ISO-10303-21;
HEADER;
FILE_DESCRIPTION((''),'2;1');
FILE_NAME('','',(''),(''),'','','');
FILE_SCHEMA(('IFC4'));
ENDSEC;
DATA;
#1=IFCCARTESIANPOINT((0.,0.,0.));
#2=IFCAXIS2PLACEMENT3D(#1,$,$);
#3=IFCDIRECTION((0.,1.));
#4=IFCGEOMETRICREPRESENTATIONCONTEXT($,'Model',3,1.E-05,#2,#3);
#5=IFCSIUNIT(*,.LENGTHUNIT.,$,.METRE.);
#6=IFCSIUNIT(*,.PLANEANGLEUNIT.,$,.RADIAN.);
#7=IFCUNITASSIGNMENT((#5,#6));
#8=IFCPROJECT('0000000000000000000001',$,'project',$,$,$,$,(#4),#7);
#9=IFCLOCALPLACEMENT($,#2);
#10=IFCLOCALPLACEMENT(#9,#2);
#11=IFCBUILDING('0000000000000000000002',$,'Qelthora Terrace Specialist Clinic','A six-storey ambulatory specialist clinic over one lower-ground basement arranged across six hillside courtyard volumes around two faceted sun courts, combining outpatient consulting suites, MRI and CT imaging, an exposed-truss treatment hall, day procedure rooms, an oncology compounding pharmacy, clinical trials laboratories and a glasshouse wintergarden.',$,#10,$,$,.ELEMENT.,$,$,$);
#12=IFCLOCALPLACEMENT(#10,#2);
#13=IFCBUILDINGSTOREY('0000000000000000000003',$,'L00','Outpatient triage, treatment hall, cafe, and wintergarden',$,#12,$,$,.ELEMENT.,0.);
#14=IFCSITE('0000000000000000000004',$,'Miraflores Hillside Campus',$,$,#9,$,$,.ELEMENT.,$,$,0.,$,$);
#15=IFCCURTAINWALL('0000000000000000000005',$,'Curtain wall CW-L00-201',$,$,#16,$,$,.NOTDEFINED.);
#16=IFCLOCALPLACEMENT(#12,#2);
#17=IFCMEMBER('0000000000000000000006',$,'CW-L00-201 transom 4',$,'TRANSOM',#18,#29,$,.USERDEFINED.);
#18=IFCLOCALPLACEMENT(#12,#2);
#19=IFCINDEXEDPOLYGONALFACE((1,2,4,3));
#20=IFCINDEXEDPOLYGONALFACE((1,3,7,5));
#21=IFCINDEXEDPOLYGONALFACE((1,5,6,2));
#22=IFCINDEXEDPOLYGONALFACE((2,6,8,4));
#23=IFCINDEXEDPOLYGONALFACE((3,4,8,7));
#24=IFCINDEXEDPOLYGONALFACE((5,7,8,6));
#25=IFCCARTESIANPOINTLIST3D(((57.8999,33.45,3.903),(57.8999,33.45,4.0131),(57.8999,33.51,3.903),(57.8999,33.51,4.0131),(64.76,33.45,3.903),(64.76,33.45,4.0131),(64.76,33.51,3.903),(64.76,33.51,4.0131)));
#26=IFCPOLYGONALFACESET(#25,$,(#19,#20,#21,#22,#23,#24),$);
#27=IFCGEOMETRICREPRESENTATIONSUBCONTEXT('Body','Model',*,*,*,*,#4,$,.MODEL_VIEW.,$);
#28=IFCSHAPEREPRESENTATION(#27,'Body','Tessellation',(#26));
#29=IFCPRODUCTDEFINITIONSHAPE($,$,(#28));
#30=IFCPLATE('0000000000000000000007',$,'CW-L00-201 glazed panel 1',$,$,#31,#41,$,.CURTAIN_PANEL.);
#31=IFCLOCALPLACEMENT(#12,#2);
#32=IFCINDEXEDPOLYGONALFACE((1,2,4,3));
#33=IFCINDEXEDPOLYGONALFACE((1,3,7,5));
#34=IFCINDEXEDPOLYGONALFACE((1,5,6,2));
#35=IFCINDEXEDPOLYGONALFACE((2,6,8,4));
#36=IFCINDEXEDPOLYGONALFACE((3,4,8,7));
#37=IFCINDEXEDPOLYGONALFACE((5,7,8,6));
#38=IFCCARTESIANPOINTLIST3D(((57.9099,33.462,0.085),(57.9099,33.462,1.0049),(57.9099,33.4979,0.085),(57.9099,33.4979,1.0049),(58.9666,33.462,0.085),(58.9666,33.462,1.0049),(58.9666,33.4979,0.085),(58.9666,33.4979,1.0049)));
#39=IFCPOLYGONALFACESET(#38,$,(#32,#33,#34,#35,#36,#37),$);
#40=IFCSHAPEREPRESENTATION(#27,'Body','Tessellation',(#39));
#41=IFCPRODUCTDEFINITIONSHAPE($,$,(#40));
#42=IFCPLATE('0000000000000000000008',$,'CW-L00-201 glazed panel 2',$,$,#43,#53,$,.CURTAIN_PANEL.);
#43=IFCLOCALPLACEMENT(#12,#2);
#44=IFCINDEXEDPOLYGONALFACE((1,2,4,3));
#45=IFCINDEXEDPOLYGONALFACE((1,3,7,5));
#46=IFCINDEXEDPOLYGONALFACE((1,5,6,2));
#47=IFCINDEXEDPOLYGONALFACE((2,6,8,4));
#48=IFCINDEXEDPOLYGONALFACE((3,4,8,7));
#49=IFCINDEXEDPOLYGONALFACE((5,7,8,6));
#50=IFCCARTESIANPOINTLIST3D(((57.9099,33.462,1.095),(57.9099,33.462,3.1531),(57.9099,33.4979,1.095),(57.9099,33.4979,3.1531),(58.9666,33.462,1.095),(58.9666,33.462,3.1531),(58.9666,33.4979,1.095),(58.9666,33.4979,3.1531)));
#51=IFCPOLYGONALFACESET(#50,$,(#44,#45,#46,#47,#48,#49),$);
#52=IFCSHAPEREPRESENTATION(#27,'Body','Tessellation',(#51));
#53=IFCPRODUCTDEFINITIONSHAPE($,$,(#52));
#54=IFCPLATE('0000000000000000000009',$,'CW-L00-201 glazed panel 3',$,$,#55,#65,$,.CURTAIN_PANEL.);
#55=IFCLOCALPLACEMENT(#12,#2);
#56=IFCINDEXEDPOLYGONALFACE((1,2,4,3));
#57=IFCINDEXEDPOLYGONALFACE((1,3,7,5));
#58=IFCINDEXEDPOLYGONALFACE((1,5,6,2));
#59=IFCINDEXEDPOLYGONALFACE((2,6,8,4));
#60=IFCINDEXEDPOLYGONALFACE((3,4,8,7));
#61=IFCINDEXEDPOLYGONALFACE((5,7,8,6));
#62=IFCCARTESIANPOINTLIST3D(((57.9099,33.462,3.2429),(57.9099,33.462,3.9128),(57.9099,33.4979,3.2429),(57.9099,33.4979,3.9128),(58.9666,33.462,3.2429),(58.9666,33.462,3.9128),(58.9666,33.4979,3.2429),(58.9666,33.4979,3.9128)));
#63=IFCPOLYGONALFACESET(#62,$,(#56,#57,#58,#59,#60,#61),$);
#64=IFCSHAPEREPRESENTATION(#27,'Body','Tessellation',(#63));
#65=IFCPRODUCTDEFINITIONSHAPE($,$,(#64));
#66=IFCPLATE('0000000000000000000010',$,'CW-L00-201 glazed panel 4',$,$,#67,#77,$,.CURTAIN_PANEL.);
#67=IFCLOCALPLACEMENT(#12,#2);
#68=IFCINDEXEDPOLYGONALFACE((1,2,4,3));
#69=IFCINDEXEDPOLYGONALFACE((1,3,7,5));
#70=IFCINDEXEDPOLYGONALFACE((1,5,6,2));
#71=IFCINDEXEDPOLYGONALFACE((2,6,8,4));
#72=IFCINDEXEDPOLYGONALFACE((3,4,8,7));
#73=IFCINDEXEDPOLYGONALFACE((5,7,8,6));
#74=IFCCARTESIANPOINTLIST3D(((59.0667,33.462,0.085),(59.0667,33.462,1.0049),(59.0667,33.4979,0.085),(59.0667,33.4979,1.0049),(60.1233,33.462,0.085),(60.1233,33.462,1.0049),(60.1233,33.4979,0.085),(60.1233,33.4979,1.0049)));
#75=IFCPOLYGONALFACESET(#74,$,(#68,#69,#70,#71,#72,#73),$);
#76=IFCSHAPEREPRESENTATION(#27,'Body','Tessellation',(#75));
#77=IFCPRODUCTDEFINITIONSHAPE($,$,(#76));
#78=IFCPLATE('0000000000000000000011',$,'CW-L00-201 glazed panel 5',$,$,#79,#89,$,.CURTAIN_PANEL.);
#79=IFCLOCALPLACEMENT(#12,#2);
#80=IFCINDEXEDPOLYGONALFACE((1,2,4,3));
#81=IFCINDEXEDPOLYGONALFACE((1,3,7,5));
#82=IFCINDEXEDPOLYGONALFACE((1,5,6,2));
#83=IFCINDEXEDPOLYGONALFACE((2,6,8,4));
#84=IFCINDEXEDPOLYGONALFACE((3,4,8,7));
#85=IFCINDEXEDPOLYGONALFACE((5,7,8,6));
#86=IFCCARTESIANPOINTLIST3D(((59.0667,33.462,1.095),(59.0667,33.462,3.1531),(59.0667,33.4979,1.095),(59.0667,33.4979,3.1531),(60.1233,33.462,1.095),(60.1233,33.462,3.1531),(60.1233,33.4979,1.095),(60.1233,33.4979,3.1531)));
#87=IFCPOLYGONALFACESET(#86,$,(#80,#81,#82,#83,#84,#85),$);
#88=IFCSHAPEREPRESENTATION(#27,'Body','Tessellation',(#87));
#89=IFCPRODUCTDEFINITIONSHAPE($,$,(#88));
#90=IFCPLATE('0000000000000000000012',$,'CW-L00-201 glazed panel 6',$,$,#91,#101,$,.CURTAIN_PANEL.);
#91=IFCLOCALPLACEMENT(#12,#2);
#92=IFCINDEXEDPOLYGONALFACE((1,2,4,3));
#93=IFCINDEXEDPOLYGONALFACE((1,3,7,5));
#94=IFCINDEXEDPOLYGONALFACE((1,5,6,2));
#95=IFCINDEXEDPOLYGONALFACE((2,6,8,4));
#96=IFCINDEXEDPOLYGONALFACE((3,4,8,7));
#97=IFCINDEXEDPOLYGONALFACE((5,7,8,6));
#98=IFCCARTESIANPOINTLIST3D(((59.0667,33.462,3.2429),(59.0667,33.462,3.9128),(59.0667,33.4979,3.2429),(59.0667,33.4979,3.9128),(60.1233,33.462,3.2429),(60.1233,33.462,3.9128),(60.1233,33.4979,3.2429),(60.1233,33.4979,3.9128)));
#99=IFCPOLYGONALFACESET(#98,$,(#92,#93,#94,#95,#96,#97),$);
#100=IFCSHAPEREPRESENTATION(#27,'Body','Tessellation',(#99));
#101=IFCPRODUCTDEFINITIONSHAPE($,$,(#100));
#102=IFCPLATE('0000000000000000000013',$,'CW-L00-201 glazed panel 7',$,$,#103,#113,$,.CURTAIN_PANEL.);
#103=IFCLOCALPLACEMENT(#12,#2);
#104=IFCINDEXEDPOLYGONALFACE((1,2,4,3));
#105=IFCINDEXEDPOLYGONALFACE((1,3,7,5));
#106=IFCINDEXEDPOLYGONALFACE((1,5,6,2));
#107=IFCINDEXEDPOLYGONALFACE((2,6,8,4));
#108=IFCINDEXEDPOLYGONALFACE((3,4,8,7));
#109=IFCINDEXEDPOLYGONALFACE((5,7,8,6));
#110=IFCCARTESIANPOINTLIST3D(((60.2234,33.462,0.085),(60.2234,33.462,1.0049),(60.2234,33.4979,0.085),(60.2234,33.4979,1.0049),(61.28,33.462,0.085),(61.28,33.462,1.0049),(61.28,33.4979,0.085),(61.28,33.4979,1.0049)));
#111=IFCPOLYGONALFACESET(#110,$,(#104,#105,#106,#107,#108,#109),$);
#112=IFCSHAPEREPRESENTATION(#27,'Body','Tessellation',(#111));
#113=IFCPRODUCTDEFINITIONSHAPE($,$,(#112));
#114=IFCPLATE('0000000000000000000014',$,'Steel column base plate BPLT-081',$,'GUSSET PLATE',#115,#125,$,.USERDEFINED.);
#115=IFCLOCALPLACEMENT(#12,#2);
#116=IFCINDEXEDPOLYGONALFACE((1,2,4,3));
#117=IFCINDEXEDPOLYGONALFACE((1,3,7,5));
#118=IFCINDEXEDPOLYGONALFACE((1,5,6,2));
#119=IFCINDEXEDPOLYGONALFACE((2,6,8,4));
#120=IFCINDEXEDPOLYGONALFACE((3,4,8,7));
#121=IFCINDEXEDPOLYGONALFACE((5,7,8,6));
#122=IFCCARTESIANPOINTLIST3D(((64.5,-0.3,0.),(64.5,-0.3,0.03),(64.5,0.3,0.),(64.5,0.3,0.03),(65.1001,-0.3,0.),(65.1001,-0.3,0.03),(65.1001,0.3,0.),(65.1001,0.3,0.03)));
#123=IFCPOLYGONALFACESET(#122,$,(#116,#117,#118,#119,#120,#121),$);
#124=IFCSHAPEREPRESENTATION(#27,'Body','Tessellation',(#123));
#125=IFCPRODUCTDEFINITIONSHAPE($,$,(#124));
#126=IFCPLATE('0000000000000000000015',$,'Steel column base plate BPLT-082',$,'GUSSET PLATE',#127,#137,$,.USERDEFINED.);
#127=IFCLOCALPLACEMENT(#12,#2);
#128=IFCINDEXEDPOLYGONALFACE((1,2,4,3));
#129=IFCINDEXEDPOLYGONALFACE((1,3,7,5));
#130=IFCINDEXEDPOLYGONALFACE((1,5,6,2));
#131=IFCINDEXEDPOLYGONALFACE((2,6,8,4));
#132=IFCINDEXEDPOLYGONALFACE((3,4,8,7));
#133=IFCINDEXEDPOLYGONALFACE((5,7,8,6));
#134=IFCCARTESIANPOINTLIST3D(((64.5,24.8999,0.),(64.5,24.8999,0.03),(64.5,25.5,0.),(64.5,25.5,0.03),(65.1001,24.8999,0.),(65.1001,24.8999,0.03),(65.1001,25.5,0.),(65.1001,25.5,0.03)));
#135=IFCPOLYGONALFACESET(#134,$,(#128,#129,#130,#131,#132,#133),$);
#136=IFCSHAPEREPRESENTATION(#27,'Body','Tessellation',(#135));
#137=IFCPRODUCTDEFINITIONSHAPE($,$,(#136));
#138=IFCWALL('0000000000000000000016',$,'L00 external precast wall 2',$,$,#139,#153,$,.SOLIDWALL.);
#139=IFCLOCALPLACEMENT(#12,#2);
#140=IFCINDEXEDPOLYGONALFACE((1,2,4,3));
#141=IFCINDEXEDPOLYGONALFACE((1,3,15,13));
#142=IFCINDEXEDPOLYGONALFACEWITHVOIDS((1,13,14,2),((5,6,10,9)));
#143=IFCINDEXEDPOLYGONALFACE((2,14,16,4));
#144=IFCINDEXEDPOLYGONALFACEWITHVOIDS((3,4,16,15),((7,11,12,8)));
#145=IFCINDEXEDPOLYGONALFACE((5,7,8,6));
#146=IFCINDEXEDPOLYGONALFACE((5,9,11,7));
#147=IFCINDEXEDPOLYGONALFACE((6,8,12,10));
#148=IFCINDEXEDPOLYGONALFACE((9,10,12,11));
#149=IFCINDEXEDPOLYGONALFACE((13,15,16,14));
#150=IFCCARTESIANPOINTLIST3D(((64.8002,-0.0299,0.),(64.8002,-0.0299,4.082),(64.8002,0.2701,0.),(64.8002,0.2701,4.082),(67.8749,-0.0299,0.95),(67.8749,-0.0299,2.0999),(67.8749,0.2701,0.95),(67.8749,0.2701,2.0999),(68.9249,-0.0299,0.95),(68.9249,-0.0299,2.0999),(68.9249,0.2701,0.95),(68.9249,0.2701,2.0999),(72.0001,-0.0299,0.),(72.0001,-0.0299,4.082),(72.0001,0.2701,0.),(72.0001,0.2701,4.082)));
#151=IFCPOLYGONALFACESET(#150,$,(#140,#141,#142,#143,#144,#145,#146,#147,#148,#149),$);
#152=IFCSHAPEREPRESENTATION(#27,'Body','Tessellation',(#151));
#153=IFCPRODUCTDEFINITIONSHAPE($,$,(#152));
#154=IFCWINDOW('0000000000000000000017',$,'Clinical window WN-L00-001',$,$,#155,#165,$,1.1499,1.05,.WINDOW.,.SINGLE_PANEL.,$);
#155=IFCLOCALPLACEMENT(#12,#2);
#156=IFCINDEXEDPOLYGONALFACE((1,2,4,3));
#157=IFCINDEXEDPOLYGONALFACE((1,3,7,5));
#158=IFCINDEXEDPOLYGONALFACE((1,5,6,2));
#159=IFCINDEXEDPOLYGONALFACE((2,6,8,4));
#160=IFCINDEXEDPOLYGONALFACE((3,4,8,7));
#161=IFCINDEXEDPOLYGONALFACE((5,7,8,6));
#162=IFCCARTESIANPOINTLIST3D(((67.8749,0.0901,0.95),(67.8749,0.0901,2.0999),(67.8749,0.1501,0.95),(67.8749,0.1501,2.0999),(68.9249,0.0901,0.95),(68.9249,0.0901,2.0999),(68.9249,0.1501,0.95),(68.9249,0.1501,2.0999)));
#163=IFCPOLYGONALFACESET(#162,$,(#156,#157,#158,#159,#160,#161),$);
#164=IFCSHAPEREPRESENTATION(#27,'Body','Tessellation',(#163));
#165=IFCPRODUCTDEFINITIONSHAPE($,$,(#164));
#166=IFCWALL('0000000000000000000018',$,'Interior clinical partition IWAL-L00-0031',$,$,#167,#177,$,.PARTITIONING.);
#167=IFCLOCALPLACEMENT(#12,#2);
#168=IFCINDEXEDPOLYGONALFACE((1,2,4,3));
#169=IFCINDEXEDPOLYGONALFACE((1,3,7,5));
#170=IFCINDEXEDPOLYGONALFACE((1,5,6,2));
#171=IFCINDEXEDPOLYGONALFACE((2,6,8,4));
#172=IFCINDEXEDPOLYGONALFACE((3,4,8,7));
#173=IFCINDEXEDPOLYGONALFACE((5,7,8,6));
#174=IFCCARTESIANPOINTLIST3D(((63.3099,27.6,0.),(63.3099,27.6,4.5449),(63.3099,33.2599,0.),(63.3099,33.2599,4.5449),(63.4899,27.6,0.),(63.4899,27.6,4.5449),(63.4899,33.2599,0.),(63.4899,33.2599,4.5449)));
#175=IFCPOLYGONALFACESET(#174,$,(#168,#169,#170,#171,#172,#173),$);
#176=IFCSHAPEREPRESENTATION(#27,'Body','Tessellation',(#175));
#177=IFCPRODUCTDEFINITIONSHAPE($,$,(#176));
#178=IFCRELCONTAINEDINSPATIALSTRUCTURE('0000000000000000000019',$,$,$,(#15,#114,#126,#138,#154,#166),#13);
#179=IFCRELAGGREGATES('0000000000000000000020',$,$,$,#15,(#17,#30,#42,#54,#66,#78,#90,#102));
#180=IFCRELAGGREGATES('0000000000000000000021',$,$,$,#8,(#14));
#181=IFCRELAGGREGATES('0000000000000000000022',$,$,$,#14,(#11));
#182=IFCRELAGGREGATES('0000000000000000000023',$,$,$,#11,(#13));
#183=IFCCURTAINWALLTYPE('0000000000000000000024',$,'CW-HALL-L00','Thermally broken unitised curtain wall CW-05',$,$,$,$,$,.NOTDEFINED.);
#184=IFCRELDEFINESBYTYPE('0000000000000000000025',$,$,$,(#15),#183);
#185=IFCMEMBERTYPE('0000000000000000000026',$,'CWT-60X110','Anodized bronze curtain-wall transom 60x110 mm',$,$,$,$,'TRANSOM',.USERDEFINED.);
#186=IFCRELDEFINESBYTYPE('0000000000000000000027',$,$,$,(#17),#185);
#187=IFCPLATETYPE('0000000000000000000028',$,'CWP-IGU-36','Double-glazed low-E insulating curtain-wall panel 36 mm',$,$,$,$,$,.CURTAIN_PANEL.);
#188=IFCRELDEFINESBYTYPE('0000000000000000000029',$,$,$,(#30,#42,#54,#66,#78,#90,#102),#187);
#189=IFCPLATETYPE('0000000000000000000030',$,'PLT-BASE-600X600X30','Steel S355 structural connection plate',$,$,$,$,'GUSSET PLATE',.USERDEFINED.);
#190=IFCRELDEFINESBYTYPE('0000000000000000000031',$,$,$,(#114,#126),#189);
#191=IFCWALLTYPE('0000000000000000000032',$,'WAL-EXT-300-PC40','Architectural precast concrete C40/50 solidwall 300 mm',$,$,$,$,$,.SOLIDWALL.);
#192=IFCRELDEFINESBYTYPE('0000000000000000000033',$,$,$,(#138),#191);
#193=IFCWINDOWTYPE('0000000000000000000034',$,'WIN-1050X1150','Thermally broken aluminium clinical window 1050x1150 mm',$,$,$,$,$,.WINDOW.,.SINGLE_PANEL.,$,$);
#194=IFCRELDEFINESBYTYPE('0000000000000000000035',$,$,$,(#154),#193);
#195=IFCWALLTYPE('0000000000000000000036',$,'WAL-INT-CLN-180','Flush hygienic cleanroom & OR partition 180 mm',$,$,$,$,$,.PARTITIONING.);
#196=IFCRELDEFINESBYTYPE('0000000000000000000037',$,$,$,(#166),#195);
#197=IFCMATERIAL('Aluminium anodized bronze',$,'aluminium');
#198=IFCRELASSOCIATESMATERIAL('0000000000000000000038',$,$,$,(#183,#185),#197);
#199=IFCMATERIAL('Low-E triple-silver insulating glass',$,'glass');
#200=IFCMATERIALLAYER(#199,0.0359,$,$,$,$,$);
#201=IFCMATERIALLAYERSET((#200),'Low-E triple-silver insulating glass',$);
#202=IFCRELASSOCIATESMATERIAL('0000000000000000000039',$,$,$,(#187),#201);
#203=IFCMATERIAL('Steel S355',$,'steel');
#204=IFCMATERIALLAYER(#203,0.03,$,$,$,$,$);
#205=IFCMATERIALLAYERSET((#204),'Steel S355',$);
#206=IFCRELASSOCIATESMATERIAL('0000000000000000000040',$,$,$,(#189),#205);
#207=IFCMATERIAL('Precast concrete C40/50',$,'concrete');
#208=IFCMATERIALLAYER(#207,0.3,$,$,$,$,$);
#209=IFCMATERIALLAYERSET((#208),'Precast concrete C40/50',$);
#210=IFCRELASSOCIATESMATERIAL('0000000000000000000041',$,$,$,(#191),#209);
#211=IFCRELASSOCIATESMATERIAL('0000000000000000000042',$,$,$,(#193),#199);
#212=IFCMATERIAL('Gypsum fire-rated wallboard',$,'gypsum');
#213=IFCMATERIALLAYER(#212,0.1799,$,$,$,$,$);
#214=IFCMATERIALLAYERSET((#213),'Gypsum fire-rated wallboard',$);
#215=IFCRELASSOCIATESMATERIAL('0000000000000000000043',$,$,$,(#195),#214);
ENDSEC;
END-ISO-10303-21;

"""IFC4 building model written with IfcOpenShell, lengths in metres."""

from ifc_helpers import new_model, si_unit, direction, frame, frame_2d, origin, origin_2d, place, context, subcontext, project, spatial, rectangle, extrude, material, layer, layer_set, material_profile, profile_set, type_object, element, fill, aggregate, save


model = new_model("IFC4")

# Units and contexts
model_context = context("Model", 3, precision=1e-05, world=origin(), true_north=direction((0.0, 1.0)))
body_context = subcontext(model_context, "Body", "Model", "MODEL_VIEW")
ifc_project = project(units=[si_unit("LENGTHUNIT", "METRE"), si_unit("PLANEANGLEUNIT", "RADIAN")], contexts=[model_context])

# Site, building, storey
site_placement = place(None, origin())
site = spatial("IfcSite", under=ifc_project, at=site_placement, Name="Miraflores Hillside Campus", CompositionType="ELEMENT", RefElevation=0.0)
building_placement = place(site_placement, origin())
building = spatial("IfcBuilding", under=site, at=building_placement, Name="Qelthora Terrace Specialist Clinic", Description="A six-storey ambulatory specialist clinic over one lower-ground basement arranged across six hillside courtyard volumes around two faceted sun courts, combining outpatient consulting suites, MRI and CT imaging, an exposed-truss treatment hall, day procedure rooms, an oncology compounding pharmacy, clinical trials laboratories and a glasshouse wintergarden.", CompositionType="ELEMENT")
storey_placement = place(building_placement, origin())
storey = spatial("IfcBuildingStorey", under=building, at=storey_placement, Name="L00", Description="Outpatient triage, treatment hall, cafe, and wintergarden", CompositionType="ELEMENT", Elevation=0.0)

# Shared definitions
ifc_material_1 = material(Name="Steel S355", Category="steel")

# Curtain wall, member, plates
ifc_material_2 = material(Name="Aluminium anodized bronze", Category="aluminium")
curtain_wall_type = type_object("IfcCurtainWallType", Name="CW-HALL-L00", Description="Thermally broken unitised curtain wall CW-05", PredefinedType="NOTDEFINED", material=ifc_material_2)
curtain_wall_placement = place(storey_placement, origin())
curtain_wall = element("IfcCurtainWall", 1, at=curtain_wall_placement, inside=storey, type_object=curtain_wall_type, Name="Curtain wall CW-L00-201", PredefinedType="NOTDEFINED")
ifc_material_profile_1 = material_profile(ifc_material_2, rectangle(XDim=0.0601, YDim=0.1101, at=origin_2d()), Name="CWT60X110")
ifc_profile_set_1 = profile_set([ifc_material_profile_1], Name="Aluminium anodized bronze")
member_type_1 = type_object("IfcMemberType", Name="CWT-60X110", Description="Anodized bronze curtain-wall transom 60x110 mm", ElementType="TRANSOM", PredefinedType="USERDEFINED", material=ifc_profile_set_1)
member_1_placement = place(storey_placement, frame((57.8999, 33.48, 3.958), z_axis=(1.0, 0.0, 0.0), x_axis=(0.0, 1.0, 0.0)))
member_1 = element("IfcMember", 2, at=member_1_placement, type_object=member_type_1, Name="CW-L00-201 transom 4", ObjectType="TRANSOM", PredefinedType="USERDEFINED", context=body_context, shape_type="SweptSolid", body=[
    extrude(rectangle(XDim=0.0601, YDim=0.1101, at=origin_2d()), origin(), (0.0, 0.0, 1.0), 6.8601),
])
ifc_material_3 = material(Name="Low-E triple-silver insulating glass", Category="glass")
ifc_layer_1 = layer(ifc_material_3, 0.0359)
ifc_layer_set_1 = layer_set([ifc_layer_1], Name="Low-E triple-silver insulating glass")
plate_type_1 = type_object("IfcPlateType", Name="CWP-IGU-36", Description="Double-glazed low-E insulating curtain-wall panel 36 mm", PredefinedType="CURTAIN_PANEL", material=ifc_layer_set_1)
plate_1_placement = place(storey_placement, frame((58.4382, 33.48, 0.085), z_axis=(0.0, 0.0, 1.0), x_axis=(1.0, 0.0, 0.0)))
plate_1 = element("IfcPlate", 3, at=plate_1_placement, type_object=plate_type_1, Name="CW-L00-201 glazed panel 1", PredefinedType="CURTAIN_PANEL", context=body_context, shape_type="SweptSolid", body=[
    extrude(rectangle(XDim=1.0566, YDim=0.0359, at=origin_2d()), origin(), (0.0, 0.0, 1.0), 0.9199),
])
plate_2_placement = place(storey_placement, frame((58.4382, 33.48, 1.095), z_axis=(0.0, 0.0, 1.0), x_axis=(1.0, 0.0, 0.0)))
plate_2 = element("IfcPlate", 4, at=plate_2_placement, type_object=plate_type_1, Name="CW-L00-201 glazed panel 2", PredefinedType="CURTAIN_PANEL", context=body_context, shape_type="SweptSolid", body=[
    extrude(rectangle(XDim=1.0566, YDim=0.0359, at=origin_2d()), origin(), (0.0, 0.0, 1.0), 2.0581),
])
plate_3_placement = place(storey_placement, frame((58.4382, 33.48, 3.2429), z_axis=(0.0, 0.0, 1.0), x_axis=(1.0, 0.0, 0.0)))
plate_3 = element("IfcPlate", 5, at=plate_3_placement, type_object=plate_type_1, Name="CW-L00-201 glazed panel 3", PredefinedType="CURTAIN_PANEL", context=body_context, shape_type="SweptSolid", body=[
    extrude(rectangle(XDim=1.0566, YDim=0.0359, at=origin_2d()), origin(), (0.0, 0.0, 1.0), 0.6699),
])
plate_4_placement = place(storey_placement, frame((59.595, 33.48, 0.085), z_axis=(0.0, 0.0, 1.0), x_axis=(1.0, 0.0, 0.0)))
plate_4 = element("IfcPlate", 6, at=plate_4_placement, type_object=plate_type_1, Name="CW-L00-201 glazed panel 4", PredefinedType="CURTAIN_PANEL", context=body_context, shape_type="SweptSolid", body=[
    extrude(rectangle(XDim=1.0566, YDim=0.0359, at=origin_2d()), origin(), (0.0, 0.0, 1.0), 0.9199),
])
plate_5_placement = place(storey_placement, frame((59.595, 33.48, 1.095), z_axis=(0.0, 0.0, 1.0), x_axis=(1.0, 0.0, 0.0)))
plate_5 = element("IfcPlate", 7, at=plate_5_placement, type_object=plate_type_1, Name="CW-L00-201 glazed panel 5", PredefinedType="CURTAIN_PANEL", context=body_context, shape_type="SweptSolid", body=[
    extrude(rectangle(XDim=1.0566, YDim=0.0359, at=origin_2d()), origin(), (0.0, 0.0, 1.0), 2.0581),
])
plate_6_placement = place(storey_placement, frame((59.595, 33.48, 3.2429), z_axis=(0.0, 0.0, 1.0), x_axis=(1.0, 0.0, 0.0)))
plate_6 = element("IfcPlate", 8, at=plate_6_placement, type_object=plate_type_1, Name="CW-L00-201 glazed panel 6", PredefinedType="CURTAIN_PANEL", context=body_context, shape_type="SweptSolid", body=[
    extrude(rectangle(XDim=1.0566, YDim=0.0359, at=origin_2d()), origin(), (0.0, 0.0, 1.0), 0.6699),
])
plate_7_placement = place(storey_placement, frame((60.7517, 33.48, 0.085), z_axis=(0.0, 0.0, 1.0), x_axis=(1.0, 0.0, 0.0)))
plate_7 = element("IfcPlate", 9, at=plate_7_placement, type_object=plate_type_1, Name="CW-L00-201 glazed panel 7", PredefinedType="CURTAIN_PANEL", context=body_context, shape_type="SweptSolid", body=[
    extrude(rectangle(XDim=1.0566, YDim=0.0359, at=origin_2d()), origin(), (0.0, 0.0, 1.0), 0.9199),
])
aggregate(curtain_wall, [member_1, plate_1, plate_2, plate_3, plate_4, plate_5, plate_6, plate_7])

# Plates
ifc_layer_2 = layer(ifc_material_1, 0.03)
ifc_layer_set_2 = layer_set([ifc_layer_2], Name="Steel S355")
plate_type_2 = type_object("IfcPlateType", Name="PLT-BASE-600X600X30", Description="Steel S355 structural connection plate", ElementType="GUSSET PLATE", PredefinedType="USERDEFINED", material=ifc_layer_set_2)
for number, where, z_axis, x_axis, name in (
    (10, (64.8, 0.0, 0.0), (0.0, 0.0, 1.0), (1.0, 0.0, 0.0), "Steel column base plate BPLT-081"),
    (11, (64.8, 25.2, 0.0), (0.0, 0.0, 1.0), (1.0, 0.0, 0.0), "Steel column base plate BPLT-082"),
):
    element("IfcPlate", number, at=place(storey_placement, frame(where, z_axis=z_axis, x_axis=x_axis)), inside=storey, type_object=plate_type_2, Name=name, ObjectType="GUSSET PLATE", PredefinedType="USERDEFINED", context=body_context, shape_type="SweptSolid", body=[
        extrude(rectangle(XDim=0.6001, YDim=0.6001, at=origin_2d()), origin(), (0.0, 0.0, 1.0), 0.03),
    ])

# Wall, opening, window
ifc_material_4 = material(Name="Precast concrete C40/50", Category="concrete")
ifc_layer_3 = layer(ifc_material_4, 0.3)
ifc_layer_set_3 = layer_set([ifc_layer_3], Name="Precast concrete C40/50")
wall_type_1 = type_object("IfcWallType", Name="WAL-EXT-300-PC40", Description="Architectural precast concrete C40/50 solidwall 300 mm", PredefinedType="SOLIDWALL", material=ifc_layer_set_3)
wall_1_placement = place(storey_placement, frame((64.8, 0.1201, 0.0), z_axis=(0.0, 0.0, 1.0), x_axis=(1.0, 0.0, 0.0)))
wall_1 = element("IfcWall", 12, at=wall_1_placement, inside=storey, type_object=wall_type_1, Name="L00 external precast wall 2", PredefinedType="SOLIDWALL", context=body_context, shape_type="SweptSolid", body=[
    extrude(rectangle(XDim=7.2, YDim=0.3, at=frame_2d((3.6001, 0.0))), origin(), (0.0, 0.0, 1.0), 4.082),
])
opening_1_placement = place(wall_1_placement, frame((3.075, 0.0, 0.95)))
opening_1 = element("IfcOpeningElement", 13, at=opening_1_placement, cuts=wall_1, PredefinedType="OPENING", context=body_context, shape_type="SweptSolid", body=[
    extrude(rectangle(XDim=1.05, YDim=1.1499, at=frame_2d((0.5249, 0.575))), frame((0.0, 0.1599, 0.0), z_axis=(0.0, -1.0, 0.0), x_axis=(1.0, 0.0, 0.0)), (0.0, 0.0, 1.0), 0.3201),
])
window_type = type_object("IfcWindowType", Name="WIN-1050X1150", Description="Thermally broken aluminium clinical window 1050x1150 mm", PartitioningType="SINGLE_PANEL", PredefinedType="WINDOW", material=ifc_material_3)
window_placement = place(opening_1_placement, origin())
window = element("IfcWindow", 14, at=window_placement, inside=storey, type_object=window_type, Name="Clinical window WN-L00-001", OverallHeight=1.1499, OverallWidth=1.05, PartitioningType="SINGLE_PANEL", PredefinedType="WINDOW", context=body_context, shape_type="SweptSolid", body=[
    extrude(rectangle(XDim=1.05, YDim=1.1499, at=frame_2d((0.5249, 0.575))), frame((0.0, 0.03, 0.0), z_axis=(0.0, -1.0, 0.0), x_axis=(1.0, 0.0, 0.0)), (0.0, 0.0, 1.0), 0.0601),
])
fill(opening_1, window)

# Wall
ifc_material_5 = material(Name="Gypsum fire-rated wallboard", Category="gypsum")
ifc_layer_4 = layer(ifc_material_5, 0.1799)
ifc_layer_set_4 = layer_set([ifc_layer_4], Name="Gypsum fire-rated wallboard")
wall_type_2 = type_object("IfcWallType", Name="WAL-INT-CLN-180", Description="Flush hygienic cleanroom & OR partition 180 mm", PredefinedType="PARTITIONING", material=ifc_layer_set_4)
wall_2_placement = place(storey_placement, frame((63.3999, 33.26, 0.0), z_axis=(0.0, 0.0, 1.0), x_axis=(0.0, -1.0, 0.0)))
element("IfcWall", 15, at=wall_2_placement, inside=storey, type_object=wall_type_2, Name="Interior clinical partition IWAL-L00-0031", PredefinedType="PARTITIONING", context=body_context, shape_type="SweptSolid", body=[
    extrude(rectangle(XDim=5.6599, YDim=0.1799, at=frame_2d((2.8301, 0.0))), origin(), (0.0, 0.0, 1.0), 4.5449),
])

save(model, "model.ifc")
